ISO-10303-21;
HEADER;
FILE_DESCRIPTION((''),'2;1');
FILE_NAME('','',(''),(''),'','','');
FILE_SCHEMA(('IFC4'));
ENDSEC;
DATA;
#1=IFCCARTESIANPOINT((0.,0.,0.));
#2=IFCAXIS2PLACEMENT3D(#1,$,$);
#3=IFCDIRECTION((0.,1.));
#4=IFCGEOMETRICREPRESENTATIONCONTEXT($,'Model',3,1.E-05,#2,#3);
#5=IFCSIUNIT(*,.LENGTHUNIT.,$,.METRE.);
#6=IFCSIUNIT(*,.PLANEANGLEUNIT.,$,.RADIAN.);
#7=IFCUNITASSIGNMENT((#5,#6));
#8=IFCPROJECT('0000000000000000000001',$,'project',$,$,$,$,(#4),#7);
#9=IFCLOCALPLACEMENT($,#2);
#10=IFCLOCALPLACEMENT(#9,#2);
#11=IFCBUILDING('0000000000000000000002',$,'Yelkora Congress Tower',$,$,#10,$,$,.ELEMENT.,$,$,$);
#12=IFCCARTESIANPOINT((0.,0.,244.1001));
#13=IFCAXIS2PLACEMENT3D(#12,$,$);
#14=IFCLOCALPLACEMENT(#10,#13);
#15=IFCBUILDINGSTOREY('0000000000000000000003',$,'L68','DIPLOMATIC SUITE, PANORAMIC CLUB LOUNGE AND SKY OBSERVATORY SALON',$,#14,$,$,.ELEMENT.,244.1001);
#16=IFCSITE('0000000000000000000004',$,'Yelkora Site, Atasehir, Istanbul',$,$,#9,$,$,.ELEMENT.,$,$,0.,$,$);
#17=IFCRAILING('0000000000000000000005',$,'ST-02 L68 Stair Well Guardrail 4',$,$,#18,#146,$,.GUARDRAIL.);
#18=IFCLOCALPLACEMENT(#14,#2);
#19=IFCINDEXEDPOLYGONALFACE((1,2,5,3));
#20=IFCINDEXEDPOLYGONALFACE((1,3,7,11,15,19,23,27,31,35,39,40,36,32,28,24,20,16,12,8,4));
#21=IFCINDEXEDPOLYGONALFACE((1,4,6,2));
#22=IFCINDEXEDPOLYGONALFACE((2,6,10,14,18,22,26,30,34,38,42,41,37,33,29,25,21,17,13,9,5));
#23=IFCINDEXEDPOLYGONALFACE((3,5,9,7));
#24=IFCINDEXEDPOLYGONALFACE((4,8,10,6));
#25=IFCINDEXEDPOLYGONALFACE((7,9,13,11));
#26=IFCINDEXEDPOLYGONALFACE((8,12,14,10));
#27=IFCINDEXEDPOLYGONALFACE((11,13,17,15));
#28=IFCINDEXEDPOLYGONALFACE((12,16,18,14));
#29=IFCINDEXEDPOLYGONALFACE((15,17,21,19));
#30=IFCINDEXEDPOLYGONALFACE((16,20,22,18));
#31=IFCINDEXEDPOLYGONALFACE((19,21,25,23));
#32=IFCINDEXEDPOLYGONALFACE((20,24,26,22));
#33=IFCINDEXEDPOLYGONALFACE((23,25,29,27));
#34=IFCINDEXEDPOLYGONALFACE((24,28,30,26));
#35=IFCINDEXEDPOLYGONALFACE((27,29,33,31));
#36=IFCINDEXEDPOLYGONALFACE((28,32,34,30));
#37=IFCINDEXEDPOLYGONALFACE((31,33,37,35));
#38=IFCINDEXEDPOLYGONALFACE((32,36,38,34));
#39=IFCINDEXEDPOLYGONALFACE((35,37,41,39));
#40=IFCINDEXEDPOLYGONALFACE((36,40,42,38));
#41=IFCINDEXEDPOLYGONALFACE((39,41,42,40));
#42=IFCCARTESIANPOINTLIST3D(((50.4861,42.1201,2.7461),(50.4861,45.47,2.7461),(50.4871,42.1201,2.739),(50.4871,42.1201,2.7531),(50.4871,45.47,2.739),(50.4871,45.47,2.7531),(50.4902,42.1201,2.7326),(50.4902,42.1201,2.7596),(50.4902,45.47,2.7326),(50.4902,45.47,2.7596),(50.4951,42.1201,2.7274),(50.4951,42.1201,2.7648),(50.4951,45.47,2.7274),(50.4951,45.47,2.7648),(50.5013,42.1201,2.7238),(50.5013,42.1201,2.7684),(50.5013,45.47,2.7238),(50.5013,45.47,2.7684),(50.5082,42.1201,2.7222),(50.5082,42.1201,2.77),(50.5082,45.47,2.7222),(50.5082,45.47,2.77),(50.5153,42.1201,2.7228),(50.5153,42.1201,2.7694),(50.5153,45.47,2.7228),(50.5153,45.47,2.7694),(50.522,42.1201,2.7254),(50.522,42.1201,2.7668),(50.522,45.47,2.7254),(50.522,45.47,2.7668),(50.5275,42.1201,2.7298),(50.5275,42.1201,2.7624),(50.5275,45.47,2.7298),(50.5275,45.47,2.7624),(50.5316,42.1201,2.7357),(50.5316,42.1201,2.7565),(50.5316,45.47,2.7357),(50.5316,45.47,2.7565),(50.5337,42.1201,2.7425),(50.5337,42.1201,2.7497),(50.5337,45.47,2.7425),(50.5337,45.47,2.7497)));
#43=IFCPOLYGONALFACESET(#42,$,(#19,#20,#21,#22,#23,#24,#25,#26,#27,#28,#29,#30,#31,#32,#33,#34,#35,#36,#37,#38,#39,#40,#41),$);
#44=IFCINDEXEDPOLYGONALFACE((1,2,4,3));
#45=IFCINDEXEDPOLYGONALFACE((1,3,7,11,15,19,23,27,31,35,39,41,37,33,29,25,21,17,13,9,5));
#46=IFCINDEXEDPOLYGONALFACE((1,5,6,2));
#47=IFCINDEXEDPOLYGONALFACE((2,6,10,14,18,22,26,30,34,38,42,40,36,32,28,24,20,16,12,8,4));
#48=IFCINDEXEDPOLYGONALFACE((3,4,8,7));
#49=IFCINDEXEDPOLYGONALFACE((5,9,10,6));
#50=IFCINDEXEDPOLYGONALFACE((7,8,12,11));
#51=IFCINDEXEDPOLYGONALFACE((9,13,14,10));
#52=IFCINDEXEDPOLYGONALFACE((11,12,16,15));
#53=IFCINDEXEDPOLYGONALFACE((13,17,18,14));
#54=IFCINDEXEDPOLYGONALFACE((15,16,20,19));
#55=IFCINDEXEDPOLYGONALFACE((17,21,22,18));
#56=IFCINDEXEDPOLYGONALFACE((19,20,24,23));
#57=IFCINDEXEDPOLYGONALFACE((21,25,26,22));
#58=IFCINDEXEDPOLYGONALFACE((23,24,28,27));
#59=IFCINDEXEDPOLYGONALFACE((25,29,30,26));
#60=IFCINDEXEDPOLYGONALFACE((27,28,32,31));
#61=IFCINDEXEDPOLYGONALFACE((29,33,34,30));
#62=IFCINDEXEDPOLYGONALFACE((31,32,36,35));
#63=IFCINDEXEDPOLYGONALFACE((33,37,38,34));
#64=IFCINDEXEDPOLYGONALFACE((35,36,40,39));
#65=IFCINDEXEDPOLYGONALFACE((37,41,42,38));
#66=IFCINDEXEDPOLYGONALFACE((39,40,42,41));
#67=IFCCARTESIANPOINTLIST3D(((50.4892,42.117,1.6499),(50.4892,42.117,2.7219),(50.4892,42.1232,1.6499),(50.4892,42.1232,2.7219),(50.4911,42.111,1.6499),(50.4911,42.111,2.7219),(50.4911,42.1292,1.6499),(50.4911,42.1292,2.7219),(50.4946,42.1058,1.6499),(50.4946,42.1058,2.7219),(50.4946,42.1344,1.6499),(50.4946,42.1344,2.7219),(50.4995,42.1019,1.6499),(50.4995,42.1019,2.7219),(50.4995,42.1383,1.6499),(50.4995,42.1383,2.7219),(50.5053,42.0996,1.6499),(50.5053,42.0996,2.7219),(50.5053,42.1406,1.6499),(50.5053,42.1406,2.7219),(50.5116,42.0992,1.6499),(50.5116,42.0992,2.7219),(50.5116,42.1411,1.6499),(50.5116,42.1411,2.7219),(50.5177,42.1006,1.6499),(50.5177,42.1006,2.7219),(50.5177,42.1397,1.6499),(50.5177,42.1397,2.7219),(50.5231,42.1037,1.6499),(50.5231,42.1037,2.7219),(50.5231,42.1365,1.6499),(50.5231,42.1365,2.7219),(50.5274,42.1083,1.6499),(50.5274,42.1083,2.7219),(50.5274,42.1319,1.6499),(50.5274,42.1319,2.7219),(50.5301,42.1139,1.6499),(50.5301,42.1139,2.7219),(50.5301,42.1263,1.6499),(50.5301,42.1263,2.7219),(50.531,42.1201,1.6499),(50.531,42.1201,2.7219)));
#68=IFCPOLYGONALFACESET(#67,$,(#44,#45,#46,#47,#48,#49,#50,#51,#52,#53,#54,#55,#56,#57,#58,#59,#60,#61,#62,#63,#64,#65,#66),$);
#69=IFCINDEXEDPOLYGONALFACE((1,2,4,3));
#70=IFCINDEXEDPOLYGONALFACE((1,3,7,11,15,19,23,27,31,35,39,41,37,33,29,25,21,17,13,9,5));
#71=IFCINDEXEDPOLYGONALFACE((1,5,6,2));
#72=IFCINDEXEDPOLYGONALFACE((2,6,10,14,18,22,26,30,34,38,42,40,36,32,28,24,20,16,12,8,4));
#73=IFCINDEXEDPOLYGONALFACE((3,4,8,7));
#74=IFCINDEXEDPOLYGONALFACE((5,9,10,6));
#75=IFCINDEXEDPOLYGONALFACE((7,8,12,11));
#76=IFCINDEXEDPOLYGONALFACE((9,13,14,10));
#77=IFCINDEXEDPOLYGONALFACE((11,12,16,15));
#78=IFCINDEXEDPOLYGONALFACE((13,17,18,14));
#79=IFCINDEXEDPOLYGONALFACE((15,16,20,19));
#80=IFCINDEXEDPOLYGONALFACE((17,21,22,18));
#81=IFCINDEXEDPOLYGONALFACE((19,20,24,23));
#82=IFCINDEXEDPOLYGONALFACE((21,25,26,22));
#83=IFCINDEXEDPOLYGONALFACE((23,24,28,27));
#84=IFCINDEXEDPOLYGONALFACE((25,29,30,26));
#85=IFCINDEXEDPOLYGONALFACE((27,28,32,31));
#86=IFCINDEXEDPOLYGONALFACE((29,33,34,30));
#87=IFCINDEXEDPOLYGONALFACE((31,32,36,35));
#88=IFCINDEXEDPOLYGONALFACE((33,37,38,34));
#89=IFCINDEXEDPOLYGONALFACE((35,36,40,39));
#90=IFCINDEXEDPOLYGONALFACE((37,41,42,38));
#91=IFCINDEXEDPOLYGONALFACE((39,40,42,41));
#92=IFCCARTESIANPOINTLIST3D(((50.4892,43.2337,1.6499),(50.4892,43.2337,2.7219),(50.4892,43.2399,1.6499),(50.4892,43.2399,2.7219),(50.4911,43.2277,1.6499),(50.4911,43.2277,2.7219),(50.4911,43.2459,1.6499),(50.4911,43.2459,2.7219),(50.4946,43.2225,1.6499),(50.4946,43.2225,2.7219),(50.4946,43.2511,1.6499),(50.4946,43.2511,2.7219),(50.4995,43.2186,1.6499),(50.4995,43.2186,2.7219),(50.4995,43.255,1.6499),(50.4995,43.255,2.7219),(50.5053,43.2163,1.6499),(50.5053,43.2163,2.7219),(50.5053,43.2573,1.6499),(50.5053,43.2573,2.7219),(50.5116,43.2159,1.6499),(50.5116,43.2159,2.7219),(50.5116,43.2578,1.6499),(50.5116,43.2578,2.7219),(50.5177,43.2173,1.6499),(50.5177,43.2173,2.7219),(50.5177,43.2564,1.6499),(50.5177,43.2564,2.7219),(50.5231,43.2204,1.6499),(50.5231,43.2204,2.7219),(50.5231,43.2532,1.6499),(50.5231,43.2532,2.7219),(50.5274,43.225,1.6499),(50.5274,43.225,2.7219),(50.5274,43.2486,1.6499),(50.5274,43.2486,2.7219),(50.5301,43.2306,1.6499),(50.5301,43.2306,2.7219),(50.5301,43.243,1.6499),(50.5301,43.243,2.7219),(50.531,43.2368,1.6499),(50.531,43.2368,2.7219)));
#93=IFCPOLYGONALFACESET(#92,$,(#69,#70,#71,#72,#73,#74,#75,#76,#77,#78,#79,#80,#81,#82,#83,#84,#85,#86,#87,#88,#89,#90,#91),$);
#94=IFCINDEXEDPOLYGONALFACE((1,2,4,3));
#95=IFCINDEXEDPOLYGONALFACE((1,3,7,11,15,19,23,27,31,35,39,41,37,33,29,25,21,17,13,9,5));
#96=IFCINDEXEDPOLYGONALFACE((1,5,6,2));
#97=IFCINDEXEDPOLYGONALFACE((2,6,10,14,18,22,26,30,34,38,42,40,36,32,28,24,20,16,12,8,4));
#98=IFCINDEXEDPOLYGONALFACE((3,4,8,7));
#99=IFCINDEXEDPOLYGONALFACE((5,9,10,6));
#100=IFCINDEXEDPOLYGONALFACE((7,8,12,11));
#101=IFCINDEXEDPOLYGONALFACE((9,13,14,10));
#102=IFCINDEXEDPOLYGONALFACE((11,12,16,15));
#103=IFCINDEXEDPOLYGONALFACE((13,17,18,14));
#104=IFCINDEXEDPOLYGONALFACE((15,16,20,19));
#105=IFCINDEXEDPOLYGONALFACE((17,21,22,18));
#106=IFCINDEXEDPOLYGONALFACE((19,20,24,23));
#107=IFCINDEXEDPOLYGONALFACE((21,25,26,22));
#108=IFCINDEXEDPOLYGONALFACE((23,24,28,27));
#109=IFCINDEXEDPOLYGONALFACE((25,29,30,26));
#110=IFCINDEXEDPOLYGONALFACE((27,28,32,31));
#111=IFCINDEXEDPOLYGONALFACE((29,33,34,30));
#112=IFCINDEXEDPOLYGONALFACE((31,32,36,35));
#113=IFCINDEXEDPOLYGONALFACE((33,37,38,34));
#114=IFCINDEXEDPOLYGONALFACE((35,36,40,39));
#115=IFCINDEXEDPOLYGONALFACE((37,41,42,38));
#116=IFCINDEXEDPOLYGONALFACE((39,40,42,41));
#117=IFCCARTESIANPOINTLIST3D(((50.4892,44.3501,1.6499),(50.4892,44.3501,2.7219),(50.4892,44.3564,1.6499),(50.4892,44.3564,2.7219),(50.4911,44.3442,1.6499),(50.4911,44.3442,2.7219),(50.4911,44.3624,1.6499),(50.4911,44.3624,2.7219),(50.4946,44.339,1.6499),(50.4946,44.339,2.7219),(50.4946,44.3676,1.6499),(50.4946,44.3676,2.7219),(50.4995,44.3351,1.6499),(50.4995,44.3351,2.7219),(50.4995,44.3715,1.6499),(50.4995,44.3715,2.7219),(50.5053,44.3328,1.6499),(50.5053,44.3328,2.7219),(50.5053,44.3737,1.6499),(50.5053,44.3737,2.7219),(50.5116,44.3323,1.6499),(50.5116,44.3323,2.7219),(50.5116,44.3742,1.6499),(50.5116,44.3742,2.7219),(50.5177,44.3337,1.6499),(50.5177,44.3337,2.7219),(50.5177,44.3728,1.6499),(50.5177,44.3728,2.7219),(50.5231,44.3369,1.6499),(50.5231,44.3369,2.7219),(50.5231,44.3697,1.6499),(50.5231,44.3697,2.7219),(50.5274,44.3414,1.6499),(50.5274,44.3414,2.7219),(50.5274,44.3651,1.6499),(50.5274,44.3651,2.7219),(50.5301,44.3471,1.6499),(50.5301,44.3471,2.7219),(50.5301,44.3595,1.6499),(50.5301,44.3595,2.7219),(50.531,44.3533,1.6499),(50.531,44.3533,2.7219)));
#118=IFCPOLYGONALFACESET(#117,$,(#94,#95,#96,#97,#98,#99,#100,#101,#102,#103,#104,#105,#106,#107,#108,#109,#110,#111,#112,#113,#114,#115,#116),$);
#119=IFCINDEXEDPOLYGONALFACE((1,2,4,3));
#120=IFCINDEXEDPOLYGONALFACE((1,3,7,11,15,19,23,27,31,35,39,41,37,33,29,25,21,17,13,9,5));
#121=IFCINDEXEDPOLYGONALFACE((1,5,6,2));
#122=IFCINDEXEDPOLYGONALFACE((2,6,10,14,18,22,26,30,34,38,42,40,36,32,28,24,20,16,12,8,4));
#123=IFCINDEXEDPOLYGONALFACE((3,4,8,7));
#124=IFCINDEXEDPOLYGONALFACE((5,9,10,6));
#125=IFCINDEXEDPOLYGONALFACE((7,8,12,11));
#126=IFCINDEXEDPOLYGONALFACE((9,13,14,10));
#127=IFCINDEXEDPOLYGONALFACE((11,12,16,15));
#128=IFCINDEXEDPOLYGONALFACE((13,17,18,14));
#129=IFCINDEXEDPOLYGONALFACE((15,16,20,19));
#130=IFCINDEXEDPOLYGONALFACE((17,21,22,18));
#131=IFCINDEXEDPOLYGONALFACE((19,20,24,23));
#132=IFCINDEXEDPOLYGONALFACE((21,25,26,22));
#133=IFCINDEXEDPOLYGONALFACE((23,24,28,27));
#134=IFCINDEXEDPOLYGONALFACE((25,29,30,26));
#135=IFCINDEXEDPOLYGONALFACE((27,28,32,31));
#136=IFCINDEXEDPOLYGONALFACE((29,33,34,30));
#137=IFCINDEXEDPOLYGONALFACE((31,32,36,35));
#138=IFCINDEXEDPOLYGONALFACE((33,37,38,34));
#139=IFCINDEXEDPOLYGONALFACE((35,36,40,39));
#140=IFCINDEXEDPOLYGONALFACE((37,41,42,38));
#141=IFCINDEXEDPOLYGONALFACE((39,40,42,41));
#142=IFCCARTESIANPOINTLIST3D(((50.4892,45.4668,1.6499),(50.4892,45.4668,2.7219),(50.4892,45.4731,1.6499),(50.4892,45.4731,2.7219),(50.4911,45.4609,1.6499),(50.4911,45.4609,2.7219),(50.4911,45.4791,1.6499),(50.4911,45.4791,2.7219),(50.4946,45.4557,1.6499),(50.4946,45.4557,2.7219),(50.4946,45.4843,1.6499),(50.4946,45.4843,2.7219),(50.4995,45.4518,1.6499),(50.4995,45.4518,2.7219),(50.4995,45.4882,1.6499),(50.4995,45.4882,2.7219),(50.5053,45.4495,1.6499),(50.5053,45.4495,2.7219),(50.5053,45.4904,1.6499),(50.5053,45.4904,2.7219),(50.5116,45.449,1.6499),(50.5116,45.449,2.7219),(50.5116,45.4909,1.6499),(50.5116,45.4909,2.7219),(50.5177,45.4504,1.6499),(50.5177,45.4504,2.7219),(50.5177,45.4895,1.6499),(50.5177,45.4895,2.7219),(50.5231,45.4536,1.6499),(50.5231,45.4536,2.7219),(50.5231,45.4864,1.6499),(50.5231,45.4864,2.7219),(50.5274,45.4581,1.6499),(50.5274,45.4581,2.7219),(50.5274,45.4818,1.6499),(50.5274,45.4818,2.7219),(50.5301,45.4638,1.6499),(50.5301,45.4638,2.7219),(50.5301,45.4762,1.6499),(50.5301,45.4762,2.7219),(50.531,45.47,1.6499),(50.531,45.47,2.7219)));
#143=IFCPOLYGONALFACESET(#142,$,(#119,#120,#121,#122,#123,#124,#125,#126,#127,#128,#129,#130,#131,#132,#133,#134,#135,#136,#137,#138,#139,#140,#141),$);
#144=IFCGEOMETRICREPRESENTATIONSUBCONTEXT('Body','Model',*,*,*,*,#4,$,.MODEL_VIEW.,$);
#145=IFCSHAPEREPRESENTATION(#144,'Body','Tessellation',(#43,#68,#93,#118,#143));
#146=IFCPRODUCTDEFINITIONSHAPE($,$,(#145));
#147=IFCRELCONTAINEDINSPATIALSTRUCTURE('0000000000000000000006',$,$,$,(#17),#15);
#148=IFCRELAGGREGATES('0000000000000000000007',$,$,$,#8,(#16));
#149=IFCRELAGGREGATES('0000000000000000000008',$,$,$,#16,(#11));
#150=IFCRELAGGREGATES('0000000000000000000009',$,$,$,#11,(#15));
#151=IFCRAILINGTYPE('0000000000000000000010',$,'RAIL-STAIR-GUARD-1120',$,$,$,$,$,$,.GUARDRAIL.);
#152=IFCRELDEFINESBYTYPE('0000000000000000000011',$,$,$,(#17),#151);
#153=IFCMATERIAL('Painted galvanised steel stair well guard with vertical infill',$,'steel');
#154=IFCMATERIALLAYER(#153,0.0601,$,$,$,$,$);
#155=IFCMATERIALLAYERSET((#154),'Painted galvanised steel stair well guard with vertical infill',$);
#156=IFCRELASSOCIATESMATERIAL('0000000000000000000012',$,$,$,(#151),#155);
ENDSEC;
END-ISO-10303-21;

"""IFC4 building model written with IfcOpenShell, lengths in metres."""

from ifc_helpers import new_model, si_unit, direction, frame, origin, origin_2d, place, context, subcontext, project, spatial, circle, extrude, material, layer, layer_set, type_object, element, save


model = new_model("IFC4")

# Units and contexts
model_context = context("Model", 3, precision=1e-05, world=origin(), true_north=direction((0.0, 1.0)))
body_context = subcontext(model_context, "Body", "Model", "MODEL_VIEW")
ifc_project = project(units=[si_unit("LENGTHUNIT", "METRE"), si_unit("PLANEANGLEUNIT", "RADIAN")], contexts=[model_context])

# Site, building, storey
site_placement = place(None, origin())
site = spatial("IfcSite", under=ifc_project, at=site_placement, Name="Yelkora Site, Atasehir, Istanbul", CompositionType="ELEMENT", RefElevation=0.0)
building_placement = place(site_placement, origin())
building = spatial("IfcBuilding", under=site, at=building_placement, Name="Yelkora Congress Tower", CompositionType="ELEMENT")
storey_placement = place(building_placement, frame((0.0, 0.0, 244.1001)))
storey = spatial("IfcBuildingStorey", under=building, at=storey_placement, Name="L68", Description="DIPLOMATIC SUITE, PANORAMIC CLUB LOUNGE AND SKY OBSERVATORY SALON", CompositionType="ELEMENT", Elevation=244.1001)

# Railing
ifc_material_1 = material(Name="Painted galvanised steel stair well guard with vertical infill", Category="steel")
ifc_layer_1 = layer(ifc_material_1, 0.0601)
ifc_layer_set_1 = layer_set([ifc_layer_1], Name="Painted galvanised steel stair well guard with vertical infill")
railing_type_1 = type_object("IfcRailingType", Name="RAIL-STAIR-GUARD-1120", PredefinedType="GUARDRAIL", material=ifc_layer_set_1)
railing_1_placement = place(storey_placement, frame((50.51, 42.1201, 1.6499)))
element("IfcRailing", 1, at=railing_1_placement, inside=storey, type_object=railing_type_1, Name="ST-02 L68 Stair Well Guardrail 4", PredefinedType="GUARDRAIL", context=body_context, shape_type="SweptSolid", body=[
    extrude(circle(Radius=0.0239, at=origin_2d()), frame((0.0, 0.0, 1.0962), z_axis=(0.0, 1.0, 0.0), x_axis=(-1.0, 0.0, 0.0)), (0.0, 0.0, 1.0), 3.3499),
    extrude(circle(Radius=0.021, at=origin_2d()), origin(), (0.0, 0.0, 1.0), 1.072),
    extrude(circle(Radius=0.021, at=origin_2d()), frame((0.0, 1.1167, 0.0)), (0.0, 0.0, 1.0), 1.072),
    extrude(circle(Radius=0.021, at=origin_2d()), frame((0.0, 2.2332, 0.0)), (0.0, 0.0, 1.0), 1.072),
    extrude(circle(Radius=0.021, at=origin_2d()), frame((0.0, 3.3499, 0.0)), (0.0, 0.0, 1.0), 1.072),
])

save(model, "model.ifc")
